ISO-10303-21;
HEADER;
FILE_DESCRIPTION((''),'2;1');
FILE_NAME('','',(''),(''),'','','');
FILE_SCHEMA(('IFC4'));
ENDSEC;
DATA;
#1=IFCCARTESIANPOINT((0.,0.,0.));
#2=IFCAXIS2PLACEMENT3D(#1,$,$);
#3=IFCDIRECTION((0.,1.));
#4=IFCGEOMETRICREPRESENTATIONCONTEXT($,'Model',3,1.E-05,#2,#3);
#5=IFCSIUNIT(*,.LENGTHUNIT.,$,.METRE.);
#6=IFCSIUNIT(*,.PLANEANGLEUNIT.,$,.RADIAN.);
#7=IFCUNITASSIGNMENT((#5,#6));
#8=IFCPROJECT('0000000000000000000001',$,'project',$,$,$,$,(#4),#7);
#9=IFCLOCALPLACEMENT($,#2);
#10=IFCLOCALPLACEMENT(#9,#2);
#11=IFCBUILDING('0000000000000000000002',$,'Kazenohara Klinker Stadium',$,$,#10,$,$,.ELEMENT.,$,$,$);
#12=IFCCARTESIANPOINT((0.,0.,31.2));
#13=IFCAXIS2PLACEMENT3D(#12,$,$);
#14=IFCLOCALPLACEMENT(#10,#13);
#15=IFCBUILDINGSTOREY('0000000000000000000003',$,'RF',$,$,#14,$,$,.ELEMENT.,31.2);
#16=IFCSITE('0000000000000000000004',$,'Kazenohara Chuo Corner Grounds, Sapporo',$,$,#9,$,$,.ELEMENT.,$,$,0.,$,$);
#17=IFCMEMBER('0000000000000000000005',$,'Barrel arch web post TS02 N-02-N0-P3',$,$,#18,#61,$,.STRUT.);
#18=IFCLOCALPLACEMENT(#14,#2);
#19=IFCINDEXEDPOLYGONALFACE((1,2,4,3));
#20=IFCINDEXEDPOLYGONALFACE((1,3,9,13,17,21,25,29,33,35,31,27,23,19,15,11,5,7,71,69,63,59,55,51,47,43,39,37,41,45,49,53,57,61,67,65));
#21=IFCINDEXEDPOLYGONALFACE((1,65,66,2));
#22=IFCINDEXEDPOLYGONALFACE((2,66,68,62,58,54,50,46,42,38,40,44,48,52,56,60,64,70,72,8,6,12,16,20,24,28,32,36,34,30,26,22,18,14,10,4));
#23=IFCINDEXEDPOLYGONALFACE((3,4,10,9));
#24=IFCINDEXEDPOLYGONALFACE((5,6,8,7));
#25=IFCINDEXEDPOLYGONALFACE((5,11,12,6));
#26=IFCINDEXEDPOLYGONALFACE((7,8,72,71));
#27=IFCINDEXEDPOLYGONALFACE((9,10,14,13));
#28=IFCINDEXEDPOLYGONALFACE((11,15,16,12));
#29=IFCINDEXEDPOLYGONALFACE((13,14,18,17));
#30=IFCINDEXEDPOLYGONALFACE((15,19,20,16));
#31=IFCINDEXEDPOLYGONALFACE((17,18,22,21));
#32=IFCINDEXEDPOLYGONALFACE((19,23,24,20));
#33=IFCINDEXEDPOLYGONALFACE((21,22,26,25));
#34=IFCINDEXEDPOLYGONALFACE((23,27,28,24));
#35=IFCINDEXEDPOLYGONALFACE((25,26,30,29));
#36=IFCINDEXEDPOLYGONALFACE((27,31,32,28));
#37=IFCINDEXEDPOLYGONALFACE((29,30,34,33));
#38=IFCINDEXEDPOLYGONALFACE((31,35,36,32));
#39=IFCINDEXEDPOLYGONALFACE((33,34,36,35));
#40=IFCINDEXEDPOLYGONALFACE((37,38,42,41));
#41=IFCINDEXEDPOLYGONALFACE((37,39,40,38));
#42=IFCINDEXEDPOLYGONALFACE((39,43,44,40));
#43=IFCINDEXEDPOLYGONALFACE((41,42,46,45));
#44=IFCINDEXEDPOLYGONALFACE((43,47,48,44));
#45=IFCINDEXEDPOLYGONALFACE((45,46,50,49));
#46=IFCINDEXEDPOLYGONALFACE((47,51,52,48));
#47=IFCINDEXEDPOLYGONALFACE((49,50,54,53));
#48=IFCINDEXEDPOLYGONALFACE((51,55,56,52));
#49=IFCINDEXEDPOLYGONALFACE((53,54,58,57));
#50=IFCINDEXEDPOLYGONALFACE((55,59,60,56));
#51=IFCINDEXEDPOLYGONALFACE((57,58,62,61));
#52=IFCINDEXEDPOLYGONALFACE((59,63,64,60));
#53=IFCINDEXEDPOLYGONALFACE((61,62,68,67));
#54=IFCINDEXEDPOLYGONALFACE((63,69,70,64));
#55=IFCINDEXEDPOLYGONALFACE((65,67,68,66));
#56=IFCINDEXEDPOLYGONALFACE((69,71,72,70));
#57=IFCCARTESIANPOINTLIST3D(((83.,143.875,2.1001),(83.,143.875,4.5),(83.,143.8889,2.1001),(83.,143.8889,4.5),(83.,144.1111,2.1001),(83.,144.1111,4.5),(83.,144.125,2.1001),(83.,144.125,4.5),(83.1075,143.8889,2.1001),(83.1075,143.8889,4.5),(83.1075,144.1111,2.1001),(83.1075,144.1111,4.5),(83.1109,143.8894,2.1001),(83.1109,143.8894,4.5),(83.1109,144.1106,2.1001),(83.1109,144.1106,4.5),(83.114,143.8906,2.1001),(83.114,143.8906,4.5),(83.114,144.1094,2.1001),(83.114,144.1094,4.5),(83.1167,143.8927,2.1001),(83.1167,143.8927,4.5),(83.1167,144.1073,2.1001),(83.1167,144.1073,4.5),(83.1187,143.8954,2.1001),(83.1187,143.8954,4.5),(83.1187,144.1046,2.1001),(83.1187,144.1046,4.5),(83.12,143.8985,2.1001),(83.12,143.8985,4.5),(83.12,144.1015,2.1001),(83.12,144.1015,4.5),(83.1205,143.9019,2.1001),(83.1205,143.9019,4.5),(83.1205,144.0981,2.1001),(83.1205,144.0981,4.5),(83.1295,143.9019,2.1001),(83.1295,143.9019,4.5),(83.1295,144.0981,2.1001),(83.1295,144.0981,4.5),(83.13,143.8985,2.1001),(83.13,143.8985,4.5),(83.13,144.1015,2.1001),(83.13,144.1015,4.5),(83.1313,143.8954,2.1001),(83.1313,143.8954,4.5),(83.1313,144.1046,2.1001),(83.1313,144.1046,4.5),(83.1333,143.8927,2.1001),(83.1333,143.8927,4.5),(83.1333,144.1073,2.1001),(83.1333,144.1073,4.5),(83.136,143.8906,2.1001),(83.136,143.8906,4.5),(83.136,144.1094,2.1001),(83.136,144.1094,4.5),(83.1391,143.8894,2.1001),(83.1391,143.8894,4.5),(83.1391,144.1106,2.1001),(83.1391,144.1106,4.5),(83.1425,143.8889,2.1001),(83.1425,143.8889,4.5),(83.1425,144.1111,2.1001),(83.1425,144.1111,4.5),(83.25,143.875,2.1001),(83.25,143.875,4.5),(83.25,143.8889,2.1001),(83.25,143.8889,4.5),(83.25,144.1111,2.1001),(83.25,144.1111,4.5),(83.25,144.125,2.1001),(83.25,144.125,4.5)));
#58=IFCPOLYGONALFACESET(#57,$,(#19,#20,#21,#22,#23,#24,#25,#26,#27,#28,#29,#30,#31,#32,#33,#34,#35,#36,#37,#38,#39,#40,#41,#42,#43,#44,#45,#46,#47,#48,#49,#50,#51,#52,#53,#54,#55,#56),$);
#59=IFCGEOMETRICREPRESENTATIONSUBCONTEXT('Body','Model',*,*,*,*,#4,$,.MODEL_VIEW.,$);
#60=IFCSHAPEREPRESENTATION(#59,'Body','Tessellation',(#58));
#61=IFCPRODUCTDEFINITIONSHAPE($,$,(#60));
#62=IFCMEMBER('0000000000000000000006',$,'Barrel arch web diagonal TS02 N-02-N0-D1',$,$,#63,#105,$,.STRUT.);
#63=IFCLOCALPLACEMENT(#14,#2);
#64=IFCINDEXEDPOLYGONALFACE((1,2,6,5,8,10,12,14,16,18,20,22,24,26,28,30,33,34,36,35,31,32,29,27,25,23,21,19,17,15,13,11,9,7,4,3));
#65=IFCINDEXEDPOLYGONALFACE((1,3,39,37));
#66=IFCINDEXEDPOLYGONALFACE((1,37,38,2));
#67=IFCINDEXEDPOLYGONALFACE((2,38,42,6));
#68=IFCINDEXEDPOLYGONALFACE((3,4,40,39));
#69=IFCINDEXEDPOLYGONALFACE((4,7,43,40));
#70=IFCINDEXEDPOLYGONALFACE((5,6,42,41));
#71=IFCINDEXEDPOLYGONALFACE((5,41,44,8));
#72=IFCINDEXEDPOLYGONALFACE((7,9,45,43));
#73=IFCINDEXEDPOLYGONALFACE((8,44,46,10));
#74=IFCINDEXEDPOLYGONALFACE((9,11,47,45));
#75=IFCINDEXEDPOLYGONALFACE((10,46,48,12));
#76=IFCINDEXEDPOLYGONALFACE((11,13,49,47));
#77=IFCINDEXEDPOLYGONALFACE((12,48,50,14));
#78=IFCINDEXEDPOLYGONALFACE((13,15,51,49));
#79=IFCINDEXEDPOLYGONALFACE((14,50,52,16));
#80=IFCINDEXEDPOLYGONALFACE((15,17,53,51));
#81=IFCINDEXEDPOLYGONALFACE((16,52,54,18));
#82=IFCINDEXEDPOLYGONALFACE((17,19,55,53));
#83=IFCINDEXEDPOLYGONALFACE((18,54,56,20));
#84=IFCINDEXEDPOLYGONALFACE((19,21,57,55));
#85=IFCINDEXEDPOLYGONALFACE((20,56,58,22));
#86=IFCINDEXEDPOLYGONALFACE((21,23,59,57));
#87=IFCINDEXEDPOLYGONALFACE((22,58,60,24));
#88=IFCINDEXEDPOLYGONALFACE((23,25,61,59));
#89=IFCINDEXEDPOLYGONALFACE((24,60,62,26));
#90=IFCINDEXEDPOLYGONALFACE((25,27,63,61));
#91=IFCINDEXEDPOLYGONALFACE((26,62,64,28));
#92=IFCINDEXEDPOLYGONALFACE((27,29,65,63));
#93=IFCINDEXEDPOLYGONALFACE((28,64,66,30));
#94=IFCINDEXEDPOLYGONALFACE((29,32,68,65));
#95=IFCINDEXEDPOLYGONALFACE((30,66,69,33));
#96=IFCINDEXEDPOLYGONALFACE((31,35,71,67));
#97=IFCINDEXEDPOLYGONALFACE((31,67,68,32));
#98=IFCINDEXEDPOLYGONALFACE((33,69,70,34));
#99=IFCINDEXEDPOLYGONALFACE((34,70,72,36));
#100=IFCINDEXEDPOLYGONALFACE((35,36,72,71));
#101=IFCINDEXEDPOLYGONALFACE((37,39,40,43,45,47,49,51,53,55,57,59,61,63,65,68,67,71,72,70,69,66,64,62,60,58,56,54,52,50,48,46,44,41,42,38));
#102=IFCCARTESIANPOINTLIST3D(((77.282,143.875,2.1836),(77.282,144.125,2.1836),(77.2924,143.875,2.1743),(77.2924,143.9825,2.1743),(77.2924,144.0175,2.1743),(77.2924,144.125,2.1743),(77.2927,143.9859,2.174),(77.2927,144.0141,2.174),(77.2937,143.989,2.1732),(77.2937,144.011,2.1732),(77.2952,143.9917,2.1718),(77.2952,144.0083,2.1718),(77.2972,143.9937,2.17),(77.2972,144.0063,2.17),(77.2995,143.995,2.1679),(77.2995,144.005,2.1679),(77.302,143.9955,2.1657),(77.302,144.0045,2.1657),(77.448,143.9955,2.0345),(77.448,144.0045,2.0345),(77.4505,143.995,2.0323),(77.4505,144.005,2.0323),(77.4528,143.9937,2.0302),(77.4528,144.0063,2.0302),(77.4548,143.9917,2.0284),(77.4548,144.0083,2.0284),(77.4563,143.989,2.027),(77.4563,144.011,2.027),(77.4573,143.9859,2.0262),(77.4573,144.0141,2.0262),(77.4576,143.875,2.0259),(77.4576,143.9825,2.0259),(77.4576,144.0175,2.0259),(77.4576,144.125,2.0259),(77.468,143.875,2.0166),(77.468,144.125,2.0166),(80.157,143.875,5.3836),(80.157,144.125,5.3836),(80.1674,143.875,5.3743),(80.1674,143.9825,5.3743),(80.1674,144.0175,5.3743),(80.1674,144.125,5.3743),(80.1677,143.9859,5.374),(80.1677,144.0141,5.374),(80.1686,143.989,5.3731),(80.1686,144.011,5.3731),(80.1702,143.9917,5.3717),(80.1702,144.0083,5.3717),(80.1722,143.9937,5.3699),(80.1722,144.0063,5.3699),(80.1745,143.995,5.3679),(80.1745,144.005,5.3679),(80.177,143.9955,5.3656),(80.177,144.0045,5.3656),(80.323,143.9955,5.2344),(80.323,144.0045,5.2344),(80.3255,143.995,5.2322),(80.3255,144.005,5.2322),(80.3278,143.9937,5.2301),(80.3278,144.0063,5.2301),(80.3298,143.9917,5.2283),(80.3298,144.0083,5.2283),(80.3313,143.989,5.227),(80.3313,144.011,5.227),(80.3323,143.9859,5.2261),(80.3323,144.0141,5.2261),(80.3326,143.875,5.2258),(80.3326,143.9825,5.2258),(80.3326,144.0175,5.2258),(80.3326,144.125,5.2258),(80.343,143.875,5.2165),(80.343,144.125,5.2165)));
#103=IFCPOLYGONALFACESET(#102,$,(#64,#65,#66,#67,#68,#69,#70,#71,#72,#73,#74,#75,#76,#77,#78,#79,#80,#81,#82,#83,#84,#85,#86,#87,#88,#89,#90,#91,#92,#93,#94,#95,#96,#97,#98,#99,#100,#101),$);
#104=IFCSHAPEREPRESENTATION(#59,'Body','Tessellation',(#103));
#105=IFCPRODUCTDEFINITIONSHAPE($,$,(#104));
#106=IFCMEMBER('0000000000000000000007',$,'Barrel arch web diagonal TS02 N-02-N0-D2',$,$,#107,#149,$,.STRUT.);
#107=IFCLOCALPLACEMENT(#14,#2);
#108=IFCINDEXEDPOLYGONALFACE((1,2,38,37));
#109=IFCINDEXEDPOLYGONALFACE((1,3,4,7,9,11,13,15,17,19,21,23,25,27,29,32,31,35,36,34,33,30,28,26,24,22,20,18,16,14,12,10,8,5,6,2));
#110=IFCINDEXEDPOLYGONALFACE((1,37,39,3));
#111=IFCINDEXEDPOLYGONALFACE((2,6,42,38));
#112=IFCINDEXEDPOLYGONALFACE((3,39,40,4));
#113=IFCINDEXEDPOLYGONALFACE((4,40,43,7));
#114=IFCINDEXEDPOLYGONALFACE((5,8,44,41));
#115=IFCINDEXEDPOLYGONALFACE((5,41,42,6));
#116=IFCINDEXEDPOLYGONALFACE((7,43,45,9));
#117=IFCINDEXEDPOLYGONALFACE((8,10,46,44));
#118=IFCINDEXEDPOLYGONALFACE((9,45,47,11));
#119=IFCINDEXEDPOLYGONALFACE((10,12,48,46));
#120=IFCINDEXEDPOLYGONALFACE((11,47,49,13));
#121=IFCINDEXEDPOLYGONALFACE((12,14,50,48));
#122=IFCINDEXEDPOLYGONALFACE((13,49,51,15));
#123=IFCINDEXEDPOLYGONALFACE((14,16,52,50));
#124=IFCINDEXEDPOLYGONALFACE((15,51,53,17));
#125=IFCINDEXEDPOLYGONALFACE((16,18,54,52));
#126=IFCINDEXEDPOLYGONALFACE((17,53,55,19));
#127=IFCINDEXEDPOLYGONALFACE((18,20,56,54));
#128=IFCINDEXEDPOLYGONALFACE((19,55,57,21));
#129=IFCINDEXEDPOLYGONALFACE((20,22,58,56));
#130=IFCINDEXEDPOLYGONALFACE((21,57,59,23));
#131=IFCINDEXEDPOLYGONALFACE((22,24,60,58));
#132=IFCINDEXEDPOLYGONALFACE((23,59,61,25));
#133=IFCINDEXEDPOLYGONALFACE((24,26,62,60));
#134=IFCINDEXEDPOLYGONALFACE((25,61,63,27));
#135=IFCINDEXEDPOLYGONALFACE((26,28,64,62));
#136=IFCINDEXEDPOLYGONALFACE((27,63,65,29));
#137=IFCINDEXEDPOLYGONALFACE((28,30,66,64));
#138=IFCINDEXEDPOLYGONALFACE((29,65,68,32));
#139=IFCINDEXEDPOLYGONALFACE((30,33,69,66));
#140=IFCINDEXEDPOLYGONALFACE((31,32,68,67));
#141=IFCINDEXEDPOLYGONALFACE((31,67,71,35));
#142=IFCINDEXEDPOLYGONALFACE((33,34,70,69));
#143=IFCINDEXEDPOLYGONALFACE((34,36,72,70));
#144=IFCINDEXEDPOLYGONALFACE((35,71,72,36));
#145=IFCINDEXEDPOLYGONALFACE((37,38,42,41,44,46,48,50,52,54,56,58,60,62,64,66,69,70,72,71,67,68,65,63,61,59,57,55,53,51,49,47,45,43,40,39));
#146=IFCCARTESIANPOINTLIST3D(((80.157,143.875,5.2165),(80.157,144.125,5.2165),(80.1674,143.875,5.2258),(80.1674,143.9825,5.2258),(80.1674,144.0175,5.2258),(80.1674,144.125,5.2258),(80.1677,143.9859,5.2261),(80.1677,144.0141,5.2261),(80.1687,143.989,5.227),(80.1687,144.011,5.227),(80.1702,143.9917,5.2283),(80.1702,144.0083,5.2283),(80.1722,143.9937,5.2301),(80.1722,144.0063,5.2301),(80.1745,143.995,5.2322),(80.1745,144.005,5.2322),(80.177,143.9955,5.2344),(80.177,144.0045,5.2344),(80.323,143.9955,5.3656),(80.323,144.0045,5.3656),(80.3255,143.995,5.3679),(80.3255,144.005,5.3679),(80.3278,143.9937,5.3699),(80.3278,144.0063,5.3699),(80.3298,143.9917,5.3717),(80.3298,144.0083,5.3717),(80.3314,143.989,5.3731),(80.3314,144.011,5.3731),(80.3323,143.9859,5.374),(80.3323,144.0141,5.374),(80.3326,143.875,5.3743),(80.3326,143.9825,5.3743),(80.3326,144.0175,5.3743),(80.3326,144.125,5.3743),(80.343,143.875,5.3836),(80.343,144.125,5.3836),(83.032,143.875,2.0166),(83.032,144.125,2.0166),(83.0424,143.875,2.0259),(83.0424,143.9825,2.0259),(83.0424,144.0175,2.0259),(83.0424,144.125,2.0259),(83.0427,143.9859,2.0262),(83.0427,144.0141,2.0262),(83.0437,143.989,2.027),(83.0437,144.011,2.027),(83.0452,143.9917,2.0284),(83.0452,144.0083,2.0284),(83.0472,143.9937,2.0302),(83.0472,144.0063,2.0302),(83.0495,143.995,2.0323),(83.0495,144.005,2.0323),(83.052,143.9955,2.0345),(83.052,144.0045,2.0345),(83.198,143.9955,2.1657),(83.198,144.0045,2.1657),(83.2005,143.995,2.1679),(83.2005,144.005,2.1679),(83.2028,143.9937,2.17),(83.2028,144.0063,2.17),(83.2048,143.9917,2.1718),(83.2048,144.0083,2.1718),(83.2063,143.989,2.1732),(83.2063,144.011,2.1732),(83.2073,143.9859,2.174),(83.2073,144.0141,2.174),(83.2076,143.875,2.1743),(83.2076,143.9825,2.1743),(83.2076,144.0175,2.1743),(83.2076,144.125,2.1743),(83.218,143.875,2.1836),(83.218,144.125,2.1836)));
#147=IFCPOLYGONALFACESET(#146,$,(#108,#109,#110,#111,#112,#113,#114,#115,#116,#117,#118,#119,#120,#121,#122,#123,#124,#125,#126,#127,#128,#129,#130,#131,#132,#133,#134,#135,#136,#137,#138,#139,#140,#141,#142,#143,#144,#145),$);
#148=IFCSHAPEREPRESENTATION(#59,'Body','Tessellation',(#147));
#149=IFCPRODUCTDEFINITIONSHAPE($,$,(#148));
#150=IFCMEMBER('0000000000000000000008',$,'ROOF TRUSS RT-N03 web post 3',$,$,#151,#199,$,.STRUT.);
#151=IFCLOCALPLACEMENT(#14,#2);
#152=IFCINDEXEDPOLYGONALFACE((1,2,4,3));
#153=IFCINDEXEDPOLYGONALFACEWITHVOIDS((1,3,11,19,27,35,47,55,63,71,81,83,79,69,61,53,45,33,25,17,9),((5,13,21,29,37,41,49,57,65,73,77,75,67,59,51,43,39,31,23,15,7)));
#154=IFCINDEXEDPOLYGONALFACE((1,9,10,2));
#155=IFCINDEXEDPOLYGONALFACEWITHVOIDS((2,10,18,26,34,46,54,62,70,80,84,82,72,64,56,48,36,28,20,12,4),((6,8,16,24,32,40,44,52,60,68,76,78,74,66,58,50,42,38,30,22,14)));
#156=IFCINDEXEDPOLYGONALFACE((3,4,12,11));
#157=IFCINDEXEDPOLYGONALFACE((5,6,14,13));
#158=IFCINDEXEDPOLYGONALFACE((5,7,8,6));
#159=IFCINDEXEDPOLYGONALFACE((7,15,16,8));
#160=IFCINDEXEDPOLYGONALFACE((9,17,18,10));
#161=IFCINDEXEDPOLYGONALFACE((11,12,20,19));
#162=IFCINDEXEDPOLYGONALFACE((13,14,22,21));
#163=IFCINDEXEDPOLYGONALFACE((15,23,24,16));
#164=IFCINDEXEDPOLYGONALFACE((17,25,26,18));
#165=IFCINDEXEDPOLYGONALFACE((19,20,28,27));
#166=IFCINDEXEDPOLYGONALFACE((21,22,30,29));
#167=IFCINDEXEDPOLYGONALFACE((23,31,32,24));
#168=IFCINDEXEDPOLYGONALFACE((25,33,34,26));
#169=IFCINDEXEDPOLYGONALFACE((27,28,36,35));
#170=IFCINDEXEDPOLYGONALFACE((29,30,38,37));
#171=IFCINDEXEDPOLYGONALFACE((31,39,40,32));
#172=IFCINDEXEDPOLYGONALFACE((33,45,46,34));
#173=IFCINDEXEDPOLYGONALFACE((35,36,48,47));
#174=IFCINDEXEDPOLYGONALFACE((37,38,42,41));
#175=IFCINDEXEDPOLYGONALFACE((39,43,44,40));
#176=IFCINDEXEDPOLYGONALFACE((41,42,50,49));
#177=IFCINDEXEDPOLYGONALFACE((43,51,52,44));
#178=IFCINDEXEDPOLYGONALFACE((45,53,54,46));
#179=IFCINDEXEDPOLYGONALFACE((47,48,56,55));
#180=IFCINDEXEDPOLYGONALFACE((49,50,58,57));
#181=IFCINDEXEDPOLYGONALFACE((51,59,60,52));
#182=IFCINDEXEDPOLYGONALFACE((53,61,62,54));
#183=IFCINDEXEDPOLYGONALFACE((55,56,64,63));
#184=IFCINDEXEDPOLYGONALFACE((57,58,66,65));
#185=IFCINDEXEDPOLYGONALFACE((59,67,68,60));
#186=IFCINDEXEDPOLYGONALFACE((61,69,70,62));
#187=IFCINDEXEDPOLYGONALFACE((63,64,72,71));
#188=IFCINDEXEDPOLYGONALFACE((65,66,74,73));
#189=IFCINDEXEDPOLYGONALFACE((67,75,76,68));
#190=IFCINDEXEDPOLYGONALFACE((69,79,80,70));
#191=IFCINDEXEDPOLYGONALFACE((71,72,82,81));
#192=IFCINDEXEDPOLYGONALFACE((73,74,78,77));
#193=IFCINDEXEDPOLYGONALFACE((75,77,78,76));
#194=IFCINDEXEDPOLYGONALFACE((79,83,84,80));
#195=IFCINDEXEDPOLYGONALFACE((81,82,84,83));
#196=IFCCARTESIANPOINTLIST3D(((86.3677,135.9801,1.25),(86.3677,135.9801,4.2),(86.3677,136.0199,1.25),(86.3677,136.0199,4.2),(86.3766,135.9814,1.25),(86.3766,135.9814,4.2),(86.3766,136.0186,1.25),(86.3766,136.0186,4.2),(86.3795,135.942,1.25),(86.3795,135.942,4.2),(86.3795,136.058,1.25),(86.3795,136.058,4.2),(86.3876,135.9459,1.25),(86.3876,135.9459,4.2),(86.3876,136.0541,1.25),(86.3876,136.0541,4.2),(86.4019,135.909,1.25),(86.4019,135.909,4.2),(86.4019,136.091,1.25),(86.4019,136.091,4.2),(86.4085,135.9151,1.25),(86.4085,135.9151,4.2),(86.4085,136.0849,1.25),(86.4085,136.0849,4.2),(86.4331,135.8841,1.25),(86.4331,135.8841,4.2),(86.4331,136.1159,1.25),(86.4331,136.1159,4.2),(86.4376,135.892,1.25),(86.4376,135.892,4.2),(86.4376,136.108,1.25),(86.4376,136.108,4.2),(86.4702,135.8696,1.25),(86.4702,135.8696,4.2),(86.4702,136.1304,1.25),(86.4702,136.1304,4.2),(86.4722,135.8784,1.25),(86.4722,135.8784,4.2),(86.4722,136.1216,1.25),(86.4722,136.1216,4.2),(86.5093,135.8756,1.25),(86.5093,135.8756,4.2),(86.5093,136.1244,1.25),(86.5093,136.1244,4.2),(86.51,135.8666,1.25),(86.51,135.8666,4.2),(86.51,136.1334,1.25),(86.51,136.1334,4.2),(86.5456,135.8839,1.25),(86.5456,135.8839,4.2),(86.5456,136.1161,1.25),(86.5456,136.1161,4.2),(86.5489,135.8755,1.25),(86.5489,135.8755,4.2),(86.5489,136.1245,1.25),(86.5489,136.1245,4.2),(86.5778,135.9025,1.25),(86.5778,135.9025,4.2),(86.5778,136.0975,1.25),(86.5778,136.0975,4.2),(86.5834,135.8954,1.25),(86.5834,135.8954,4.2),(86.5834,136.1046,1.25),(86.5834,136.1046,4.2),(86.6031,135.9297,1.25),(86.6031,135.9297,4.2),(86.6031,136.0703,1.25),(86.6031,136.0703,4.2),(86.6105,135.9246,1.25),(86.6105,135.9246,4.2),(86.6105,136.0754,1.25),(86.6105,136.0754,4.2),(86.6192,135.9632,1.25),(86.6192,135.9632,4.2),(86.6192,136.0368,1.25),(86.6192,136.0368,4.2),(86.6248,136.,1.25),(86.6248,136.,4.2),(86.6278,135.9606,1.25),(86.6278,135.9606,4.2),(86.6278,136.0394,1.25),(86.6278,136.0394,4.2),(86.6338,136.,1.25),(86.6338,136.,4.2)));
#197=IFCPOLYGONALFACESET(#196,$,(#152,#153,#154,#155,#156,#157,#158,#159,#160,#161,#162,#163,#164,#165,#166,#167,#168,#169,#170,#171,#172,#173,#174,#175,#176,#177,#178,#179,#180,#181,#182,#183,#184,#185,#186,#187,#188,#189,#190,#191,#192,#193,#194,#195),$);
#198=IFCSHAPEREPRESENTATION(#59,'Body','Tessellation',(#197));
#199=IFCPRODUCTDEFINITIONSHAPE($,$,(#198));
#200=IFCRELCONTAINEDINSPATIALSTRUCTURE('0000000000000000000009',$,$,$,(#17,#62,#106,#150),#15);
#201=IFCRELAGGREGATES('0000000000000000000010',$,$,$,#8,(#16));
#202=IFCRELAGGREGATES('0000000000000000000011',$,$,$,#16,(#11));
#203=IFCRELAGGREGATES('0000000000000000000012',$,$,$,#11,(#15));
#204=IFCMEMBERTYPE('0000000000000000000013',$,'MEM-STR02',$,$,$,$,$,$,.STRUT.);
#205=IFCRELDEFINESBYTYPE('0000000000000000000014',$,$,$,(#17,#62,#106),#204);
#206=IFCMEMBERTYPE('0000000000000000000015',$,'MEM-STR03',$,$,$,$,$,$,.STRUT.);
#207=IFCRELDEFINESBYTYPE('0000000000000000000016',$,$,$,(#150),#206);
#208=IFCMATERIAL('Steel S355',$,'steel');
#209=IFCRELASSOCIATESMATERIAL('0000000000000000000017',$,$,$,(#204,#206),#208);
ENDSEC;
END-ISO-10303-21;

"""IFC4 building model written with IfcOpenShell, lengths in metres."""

from ifc_helpers import new_model, si_unit, direction, frame, origin, origin_2d, place, context, subcontext, project, spatial, hollow_circle, i_section, extrude, material, material_profile, profile_set, type_object, element, save


model = new_model("IFC4")

# Units and contexts
model_context = context("Model", 3, precision=1e-05, world=origin(), true_north=direction((0.0, 1.0)))
body_context = subcontext(model_context, "Body", "Model", "MODEL_VIEW")
ifc_project = project(units=[si_unit("LENGTHUNIT", "METRE"), si_unit("PLANEANGLEUNIT", "RADIAN")], contexts=[model_context])

# Site, building, storey
site_placement = place(None, origin())
site = spatial("IfcSite", under=ifc_project, at=site_placement, Name="Kazenohara Chuo Corner Grounds, Sapporo", CompositionType="ELEMENT", RefElevation=0.0)
building_placement = place(site_placement, origin())
building = spatial("IfcBuilding", under=site, at=building_placement, Name="Kazenohara Klinker Stadium", CompositionType="ELEMENT")
storey_placement = place(building_placement, frame((0.0, 0.0, 31.2)))
storey = spatial("IfcBuildingStorey", under=building, at=storey_placement, Name="RF", CompositionType="ELEMENT", Elevation=31.2)

# Members
ifc_material_1 = material(Name="Steel S355", Category="steel")
ifc_material_profile_1 = material_profile(ifc_material_1, i_section(OverallWidth=0.25, OverallDepth=0.25, WebThickness=0.009, FlangeThickness=0.0139, FilletRadius=0.0129, at=origin_2d()), Name="H-250x250x9x14")
ifc_profile_set_1 = profile_set([ifc_material_profile_1], Name="Steel S355")
member_type_1 = type_object("IfcMemberType", Name="MEM-STR02", PredefinedType="STRUT", material=ifc_profile_set_1)
member_1_placement = place(storey_placement, frame((83.125, 144.0, 2.1001), z_axis=(0.0, 0.0, 1.0), x_axis=(1.0, 0.0, 0.0)))
element("IfcMember", 1, at=member_1_placement, inside=storey, type_object=member_type_1, Name="Barrel arch web post TS02 N-02-N0-P3", PredefinedType="STRUT", context=body_context, shape_type="SweptSolid", body=[
    extrude(i_section(OverallWidth=0.25, OverallDepth=0.25, WebThickness=0.009, FlangeThickness=0.0139, FilletRadius=0.0129, at=origin_2d()), origin(), (0.0, 0.0, 1.0), 2.3999),
])
for number, where, z_axis, x_axis, name in (
    (2, (77.375, 144.0, 2.1001), (0.668328, 0.0, 0.743867), (0.0, 1.0, 0.0), "Barrel arch web diagonal TS02 N-02-N0-D1"),
    (3, (83.125, 144.0, 2.1001), (-0.668328, 0.0, 0.743867), (0.0, -1.0, 0.0), "Barrel arch web diagonal TS02 N-02-N0-D2"),
):
    element("IfcMember", number, at=place(storey_placement, frame(where, z_axis=z_axis, x_axis=x_axis)), inside=storey, type_object=member_type_1, Name=name, PredefinedType="STRUT", context=body_context, shape_type="SweptSolid", body=[
        extrude(i_section(OverallWidth=0.25, OverallDepth=0.25, WebThickness=0.009, FlangeThickness=0.0139, FilletRadius=0.0129, at=origin_2d()), origin(), (0.0, 0.0, 1.0), 4.3018),
    ])
ifc_material_profile_2 = material_profile(ifc_material_1, hollow_circle(Radius=0.1338, WallThickness=0.009, at=origin_2d()), Name="CHS-267.4x9")
ifc_profile_set_2 = profile_set([ifc_material_profile_2], Name="Steel S355")
member_type_2 = type_object("IfcMemberType", Name="MEM-STR03", PredefinedType="STRUT", material=ifc_profile_set_2)
member_2_placement = place(storey_placement, frame((86.5, 136.0, 1.25), z_axis=(0.0, 0.0, 1.0), x_axis=(1.0, 0.0, 0.0)))
element("IfcMember", 4, at=member_2_placement, inside=storey, type_object=member_type_2, Name="ROOF TRUSS RT-N03 web post 3", PredefinedType="STRUT", context=body_context, shape_type="SweptSolid", body=[
    extrude(hollow_circle(Radius=0.1338, WallThickness=0.009, at=origin_2d()), origin(), (0.0, 0.0, 1.0), 2.95),
])

save(model, "model.ifc")
